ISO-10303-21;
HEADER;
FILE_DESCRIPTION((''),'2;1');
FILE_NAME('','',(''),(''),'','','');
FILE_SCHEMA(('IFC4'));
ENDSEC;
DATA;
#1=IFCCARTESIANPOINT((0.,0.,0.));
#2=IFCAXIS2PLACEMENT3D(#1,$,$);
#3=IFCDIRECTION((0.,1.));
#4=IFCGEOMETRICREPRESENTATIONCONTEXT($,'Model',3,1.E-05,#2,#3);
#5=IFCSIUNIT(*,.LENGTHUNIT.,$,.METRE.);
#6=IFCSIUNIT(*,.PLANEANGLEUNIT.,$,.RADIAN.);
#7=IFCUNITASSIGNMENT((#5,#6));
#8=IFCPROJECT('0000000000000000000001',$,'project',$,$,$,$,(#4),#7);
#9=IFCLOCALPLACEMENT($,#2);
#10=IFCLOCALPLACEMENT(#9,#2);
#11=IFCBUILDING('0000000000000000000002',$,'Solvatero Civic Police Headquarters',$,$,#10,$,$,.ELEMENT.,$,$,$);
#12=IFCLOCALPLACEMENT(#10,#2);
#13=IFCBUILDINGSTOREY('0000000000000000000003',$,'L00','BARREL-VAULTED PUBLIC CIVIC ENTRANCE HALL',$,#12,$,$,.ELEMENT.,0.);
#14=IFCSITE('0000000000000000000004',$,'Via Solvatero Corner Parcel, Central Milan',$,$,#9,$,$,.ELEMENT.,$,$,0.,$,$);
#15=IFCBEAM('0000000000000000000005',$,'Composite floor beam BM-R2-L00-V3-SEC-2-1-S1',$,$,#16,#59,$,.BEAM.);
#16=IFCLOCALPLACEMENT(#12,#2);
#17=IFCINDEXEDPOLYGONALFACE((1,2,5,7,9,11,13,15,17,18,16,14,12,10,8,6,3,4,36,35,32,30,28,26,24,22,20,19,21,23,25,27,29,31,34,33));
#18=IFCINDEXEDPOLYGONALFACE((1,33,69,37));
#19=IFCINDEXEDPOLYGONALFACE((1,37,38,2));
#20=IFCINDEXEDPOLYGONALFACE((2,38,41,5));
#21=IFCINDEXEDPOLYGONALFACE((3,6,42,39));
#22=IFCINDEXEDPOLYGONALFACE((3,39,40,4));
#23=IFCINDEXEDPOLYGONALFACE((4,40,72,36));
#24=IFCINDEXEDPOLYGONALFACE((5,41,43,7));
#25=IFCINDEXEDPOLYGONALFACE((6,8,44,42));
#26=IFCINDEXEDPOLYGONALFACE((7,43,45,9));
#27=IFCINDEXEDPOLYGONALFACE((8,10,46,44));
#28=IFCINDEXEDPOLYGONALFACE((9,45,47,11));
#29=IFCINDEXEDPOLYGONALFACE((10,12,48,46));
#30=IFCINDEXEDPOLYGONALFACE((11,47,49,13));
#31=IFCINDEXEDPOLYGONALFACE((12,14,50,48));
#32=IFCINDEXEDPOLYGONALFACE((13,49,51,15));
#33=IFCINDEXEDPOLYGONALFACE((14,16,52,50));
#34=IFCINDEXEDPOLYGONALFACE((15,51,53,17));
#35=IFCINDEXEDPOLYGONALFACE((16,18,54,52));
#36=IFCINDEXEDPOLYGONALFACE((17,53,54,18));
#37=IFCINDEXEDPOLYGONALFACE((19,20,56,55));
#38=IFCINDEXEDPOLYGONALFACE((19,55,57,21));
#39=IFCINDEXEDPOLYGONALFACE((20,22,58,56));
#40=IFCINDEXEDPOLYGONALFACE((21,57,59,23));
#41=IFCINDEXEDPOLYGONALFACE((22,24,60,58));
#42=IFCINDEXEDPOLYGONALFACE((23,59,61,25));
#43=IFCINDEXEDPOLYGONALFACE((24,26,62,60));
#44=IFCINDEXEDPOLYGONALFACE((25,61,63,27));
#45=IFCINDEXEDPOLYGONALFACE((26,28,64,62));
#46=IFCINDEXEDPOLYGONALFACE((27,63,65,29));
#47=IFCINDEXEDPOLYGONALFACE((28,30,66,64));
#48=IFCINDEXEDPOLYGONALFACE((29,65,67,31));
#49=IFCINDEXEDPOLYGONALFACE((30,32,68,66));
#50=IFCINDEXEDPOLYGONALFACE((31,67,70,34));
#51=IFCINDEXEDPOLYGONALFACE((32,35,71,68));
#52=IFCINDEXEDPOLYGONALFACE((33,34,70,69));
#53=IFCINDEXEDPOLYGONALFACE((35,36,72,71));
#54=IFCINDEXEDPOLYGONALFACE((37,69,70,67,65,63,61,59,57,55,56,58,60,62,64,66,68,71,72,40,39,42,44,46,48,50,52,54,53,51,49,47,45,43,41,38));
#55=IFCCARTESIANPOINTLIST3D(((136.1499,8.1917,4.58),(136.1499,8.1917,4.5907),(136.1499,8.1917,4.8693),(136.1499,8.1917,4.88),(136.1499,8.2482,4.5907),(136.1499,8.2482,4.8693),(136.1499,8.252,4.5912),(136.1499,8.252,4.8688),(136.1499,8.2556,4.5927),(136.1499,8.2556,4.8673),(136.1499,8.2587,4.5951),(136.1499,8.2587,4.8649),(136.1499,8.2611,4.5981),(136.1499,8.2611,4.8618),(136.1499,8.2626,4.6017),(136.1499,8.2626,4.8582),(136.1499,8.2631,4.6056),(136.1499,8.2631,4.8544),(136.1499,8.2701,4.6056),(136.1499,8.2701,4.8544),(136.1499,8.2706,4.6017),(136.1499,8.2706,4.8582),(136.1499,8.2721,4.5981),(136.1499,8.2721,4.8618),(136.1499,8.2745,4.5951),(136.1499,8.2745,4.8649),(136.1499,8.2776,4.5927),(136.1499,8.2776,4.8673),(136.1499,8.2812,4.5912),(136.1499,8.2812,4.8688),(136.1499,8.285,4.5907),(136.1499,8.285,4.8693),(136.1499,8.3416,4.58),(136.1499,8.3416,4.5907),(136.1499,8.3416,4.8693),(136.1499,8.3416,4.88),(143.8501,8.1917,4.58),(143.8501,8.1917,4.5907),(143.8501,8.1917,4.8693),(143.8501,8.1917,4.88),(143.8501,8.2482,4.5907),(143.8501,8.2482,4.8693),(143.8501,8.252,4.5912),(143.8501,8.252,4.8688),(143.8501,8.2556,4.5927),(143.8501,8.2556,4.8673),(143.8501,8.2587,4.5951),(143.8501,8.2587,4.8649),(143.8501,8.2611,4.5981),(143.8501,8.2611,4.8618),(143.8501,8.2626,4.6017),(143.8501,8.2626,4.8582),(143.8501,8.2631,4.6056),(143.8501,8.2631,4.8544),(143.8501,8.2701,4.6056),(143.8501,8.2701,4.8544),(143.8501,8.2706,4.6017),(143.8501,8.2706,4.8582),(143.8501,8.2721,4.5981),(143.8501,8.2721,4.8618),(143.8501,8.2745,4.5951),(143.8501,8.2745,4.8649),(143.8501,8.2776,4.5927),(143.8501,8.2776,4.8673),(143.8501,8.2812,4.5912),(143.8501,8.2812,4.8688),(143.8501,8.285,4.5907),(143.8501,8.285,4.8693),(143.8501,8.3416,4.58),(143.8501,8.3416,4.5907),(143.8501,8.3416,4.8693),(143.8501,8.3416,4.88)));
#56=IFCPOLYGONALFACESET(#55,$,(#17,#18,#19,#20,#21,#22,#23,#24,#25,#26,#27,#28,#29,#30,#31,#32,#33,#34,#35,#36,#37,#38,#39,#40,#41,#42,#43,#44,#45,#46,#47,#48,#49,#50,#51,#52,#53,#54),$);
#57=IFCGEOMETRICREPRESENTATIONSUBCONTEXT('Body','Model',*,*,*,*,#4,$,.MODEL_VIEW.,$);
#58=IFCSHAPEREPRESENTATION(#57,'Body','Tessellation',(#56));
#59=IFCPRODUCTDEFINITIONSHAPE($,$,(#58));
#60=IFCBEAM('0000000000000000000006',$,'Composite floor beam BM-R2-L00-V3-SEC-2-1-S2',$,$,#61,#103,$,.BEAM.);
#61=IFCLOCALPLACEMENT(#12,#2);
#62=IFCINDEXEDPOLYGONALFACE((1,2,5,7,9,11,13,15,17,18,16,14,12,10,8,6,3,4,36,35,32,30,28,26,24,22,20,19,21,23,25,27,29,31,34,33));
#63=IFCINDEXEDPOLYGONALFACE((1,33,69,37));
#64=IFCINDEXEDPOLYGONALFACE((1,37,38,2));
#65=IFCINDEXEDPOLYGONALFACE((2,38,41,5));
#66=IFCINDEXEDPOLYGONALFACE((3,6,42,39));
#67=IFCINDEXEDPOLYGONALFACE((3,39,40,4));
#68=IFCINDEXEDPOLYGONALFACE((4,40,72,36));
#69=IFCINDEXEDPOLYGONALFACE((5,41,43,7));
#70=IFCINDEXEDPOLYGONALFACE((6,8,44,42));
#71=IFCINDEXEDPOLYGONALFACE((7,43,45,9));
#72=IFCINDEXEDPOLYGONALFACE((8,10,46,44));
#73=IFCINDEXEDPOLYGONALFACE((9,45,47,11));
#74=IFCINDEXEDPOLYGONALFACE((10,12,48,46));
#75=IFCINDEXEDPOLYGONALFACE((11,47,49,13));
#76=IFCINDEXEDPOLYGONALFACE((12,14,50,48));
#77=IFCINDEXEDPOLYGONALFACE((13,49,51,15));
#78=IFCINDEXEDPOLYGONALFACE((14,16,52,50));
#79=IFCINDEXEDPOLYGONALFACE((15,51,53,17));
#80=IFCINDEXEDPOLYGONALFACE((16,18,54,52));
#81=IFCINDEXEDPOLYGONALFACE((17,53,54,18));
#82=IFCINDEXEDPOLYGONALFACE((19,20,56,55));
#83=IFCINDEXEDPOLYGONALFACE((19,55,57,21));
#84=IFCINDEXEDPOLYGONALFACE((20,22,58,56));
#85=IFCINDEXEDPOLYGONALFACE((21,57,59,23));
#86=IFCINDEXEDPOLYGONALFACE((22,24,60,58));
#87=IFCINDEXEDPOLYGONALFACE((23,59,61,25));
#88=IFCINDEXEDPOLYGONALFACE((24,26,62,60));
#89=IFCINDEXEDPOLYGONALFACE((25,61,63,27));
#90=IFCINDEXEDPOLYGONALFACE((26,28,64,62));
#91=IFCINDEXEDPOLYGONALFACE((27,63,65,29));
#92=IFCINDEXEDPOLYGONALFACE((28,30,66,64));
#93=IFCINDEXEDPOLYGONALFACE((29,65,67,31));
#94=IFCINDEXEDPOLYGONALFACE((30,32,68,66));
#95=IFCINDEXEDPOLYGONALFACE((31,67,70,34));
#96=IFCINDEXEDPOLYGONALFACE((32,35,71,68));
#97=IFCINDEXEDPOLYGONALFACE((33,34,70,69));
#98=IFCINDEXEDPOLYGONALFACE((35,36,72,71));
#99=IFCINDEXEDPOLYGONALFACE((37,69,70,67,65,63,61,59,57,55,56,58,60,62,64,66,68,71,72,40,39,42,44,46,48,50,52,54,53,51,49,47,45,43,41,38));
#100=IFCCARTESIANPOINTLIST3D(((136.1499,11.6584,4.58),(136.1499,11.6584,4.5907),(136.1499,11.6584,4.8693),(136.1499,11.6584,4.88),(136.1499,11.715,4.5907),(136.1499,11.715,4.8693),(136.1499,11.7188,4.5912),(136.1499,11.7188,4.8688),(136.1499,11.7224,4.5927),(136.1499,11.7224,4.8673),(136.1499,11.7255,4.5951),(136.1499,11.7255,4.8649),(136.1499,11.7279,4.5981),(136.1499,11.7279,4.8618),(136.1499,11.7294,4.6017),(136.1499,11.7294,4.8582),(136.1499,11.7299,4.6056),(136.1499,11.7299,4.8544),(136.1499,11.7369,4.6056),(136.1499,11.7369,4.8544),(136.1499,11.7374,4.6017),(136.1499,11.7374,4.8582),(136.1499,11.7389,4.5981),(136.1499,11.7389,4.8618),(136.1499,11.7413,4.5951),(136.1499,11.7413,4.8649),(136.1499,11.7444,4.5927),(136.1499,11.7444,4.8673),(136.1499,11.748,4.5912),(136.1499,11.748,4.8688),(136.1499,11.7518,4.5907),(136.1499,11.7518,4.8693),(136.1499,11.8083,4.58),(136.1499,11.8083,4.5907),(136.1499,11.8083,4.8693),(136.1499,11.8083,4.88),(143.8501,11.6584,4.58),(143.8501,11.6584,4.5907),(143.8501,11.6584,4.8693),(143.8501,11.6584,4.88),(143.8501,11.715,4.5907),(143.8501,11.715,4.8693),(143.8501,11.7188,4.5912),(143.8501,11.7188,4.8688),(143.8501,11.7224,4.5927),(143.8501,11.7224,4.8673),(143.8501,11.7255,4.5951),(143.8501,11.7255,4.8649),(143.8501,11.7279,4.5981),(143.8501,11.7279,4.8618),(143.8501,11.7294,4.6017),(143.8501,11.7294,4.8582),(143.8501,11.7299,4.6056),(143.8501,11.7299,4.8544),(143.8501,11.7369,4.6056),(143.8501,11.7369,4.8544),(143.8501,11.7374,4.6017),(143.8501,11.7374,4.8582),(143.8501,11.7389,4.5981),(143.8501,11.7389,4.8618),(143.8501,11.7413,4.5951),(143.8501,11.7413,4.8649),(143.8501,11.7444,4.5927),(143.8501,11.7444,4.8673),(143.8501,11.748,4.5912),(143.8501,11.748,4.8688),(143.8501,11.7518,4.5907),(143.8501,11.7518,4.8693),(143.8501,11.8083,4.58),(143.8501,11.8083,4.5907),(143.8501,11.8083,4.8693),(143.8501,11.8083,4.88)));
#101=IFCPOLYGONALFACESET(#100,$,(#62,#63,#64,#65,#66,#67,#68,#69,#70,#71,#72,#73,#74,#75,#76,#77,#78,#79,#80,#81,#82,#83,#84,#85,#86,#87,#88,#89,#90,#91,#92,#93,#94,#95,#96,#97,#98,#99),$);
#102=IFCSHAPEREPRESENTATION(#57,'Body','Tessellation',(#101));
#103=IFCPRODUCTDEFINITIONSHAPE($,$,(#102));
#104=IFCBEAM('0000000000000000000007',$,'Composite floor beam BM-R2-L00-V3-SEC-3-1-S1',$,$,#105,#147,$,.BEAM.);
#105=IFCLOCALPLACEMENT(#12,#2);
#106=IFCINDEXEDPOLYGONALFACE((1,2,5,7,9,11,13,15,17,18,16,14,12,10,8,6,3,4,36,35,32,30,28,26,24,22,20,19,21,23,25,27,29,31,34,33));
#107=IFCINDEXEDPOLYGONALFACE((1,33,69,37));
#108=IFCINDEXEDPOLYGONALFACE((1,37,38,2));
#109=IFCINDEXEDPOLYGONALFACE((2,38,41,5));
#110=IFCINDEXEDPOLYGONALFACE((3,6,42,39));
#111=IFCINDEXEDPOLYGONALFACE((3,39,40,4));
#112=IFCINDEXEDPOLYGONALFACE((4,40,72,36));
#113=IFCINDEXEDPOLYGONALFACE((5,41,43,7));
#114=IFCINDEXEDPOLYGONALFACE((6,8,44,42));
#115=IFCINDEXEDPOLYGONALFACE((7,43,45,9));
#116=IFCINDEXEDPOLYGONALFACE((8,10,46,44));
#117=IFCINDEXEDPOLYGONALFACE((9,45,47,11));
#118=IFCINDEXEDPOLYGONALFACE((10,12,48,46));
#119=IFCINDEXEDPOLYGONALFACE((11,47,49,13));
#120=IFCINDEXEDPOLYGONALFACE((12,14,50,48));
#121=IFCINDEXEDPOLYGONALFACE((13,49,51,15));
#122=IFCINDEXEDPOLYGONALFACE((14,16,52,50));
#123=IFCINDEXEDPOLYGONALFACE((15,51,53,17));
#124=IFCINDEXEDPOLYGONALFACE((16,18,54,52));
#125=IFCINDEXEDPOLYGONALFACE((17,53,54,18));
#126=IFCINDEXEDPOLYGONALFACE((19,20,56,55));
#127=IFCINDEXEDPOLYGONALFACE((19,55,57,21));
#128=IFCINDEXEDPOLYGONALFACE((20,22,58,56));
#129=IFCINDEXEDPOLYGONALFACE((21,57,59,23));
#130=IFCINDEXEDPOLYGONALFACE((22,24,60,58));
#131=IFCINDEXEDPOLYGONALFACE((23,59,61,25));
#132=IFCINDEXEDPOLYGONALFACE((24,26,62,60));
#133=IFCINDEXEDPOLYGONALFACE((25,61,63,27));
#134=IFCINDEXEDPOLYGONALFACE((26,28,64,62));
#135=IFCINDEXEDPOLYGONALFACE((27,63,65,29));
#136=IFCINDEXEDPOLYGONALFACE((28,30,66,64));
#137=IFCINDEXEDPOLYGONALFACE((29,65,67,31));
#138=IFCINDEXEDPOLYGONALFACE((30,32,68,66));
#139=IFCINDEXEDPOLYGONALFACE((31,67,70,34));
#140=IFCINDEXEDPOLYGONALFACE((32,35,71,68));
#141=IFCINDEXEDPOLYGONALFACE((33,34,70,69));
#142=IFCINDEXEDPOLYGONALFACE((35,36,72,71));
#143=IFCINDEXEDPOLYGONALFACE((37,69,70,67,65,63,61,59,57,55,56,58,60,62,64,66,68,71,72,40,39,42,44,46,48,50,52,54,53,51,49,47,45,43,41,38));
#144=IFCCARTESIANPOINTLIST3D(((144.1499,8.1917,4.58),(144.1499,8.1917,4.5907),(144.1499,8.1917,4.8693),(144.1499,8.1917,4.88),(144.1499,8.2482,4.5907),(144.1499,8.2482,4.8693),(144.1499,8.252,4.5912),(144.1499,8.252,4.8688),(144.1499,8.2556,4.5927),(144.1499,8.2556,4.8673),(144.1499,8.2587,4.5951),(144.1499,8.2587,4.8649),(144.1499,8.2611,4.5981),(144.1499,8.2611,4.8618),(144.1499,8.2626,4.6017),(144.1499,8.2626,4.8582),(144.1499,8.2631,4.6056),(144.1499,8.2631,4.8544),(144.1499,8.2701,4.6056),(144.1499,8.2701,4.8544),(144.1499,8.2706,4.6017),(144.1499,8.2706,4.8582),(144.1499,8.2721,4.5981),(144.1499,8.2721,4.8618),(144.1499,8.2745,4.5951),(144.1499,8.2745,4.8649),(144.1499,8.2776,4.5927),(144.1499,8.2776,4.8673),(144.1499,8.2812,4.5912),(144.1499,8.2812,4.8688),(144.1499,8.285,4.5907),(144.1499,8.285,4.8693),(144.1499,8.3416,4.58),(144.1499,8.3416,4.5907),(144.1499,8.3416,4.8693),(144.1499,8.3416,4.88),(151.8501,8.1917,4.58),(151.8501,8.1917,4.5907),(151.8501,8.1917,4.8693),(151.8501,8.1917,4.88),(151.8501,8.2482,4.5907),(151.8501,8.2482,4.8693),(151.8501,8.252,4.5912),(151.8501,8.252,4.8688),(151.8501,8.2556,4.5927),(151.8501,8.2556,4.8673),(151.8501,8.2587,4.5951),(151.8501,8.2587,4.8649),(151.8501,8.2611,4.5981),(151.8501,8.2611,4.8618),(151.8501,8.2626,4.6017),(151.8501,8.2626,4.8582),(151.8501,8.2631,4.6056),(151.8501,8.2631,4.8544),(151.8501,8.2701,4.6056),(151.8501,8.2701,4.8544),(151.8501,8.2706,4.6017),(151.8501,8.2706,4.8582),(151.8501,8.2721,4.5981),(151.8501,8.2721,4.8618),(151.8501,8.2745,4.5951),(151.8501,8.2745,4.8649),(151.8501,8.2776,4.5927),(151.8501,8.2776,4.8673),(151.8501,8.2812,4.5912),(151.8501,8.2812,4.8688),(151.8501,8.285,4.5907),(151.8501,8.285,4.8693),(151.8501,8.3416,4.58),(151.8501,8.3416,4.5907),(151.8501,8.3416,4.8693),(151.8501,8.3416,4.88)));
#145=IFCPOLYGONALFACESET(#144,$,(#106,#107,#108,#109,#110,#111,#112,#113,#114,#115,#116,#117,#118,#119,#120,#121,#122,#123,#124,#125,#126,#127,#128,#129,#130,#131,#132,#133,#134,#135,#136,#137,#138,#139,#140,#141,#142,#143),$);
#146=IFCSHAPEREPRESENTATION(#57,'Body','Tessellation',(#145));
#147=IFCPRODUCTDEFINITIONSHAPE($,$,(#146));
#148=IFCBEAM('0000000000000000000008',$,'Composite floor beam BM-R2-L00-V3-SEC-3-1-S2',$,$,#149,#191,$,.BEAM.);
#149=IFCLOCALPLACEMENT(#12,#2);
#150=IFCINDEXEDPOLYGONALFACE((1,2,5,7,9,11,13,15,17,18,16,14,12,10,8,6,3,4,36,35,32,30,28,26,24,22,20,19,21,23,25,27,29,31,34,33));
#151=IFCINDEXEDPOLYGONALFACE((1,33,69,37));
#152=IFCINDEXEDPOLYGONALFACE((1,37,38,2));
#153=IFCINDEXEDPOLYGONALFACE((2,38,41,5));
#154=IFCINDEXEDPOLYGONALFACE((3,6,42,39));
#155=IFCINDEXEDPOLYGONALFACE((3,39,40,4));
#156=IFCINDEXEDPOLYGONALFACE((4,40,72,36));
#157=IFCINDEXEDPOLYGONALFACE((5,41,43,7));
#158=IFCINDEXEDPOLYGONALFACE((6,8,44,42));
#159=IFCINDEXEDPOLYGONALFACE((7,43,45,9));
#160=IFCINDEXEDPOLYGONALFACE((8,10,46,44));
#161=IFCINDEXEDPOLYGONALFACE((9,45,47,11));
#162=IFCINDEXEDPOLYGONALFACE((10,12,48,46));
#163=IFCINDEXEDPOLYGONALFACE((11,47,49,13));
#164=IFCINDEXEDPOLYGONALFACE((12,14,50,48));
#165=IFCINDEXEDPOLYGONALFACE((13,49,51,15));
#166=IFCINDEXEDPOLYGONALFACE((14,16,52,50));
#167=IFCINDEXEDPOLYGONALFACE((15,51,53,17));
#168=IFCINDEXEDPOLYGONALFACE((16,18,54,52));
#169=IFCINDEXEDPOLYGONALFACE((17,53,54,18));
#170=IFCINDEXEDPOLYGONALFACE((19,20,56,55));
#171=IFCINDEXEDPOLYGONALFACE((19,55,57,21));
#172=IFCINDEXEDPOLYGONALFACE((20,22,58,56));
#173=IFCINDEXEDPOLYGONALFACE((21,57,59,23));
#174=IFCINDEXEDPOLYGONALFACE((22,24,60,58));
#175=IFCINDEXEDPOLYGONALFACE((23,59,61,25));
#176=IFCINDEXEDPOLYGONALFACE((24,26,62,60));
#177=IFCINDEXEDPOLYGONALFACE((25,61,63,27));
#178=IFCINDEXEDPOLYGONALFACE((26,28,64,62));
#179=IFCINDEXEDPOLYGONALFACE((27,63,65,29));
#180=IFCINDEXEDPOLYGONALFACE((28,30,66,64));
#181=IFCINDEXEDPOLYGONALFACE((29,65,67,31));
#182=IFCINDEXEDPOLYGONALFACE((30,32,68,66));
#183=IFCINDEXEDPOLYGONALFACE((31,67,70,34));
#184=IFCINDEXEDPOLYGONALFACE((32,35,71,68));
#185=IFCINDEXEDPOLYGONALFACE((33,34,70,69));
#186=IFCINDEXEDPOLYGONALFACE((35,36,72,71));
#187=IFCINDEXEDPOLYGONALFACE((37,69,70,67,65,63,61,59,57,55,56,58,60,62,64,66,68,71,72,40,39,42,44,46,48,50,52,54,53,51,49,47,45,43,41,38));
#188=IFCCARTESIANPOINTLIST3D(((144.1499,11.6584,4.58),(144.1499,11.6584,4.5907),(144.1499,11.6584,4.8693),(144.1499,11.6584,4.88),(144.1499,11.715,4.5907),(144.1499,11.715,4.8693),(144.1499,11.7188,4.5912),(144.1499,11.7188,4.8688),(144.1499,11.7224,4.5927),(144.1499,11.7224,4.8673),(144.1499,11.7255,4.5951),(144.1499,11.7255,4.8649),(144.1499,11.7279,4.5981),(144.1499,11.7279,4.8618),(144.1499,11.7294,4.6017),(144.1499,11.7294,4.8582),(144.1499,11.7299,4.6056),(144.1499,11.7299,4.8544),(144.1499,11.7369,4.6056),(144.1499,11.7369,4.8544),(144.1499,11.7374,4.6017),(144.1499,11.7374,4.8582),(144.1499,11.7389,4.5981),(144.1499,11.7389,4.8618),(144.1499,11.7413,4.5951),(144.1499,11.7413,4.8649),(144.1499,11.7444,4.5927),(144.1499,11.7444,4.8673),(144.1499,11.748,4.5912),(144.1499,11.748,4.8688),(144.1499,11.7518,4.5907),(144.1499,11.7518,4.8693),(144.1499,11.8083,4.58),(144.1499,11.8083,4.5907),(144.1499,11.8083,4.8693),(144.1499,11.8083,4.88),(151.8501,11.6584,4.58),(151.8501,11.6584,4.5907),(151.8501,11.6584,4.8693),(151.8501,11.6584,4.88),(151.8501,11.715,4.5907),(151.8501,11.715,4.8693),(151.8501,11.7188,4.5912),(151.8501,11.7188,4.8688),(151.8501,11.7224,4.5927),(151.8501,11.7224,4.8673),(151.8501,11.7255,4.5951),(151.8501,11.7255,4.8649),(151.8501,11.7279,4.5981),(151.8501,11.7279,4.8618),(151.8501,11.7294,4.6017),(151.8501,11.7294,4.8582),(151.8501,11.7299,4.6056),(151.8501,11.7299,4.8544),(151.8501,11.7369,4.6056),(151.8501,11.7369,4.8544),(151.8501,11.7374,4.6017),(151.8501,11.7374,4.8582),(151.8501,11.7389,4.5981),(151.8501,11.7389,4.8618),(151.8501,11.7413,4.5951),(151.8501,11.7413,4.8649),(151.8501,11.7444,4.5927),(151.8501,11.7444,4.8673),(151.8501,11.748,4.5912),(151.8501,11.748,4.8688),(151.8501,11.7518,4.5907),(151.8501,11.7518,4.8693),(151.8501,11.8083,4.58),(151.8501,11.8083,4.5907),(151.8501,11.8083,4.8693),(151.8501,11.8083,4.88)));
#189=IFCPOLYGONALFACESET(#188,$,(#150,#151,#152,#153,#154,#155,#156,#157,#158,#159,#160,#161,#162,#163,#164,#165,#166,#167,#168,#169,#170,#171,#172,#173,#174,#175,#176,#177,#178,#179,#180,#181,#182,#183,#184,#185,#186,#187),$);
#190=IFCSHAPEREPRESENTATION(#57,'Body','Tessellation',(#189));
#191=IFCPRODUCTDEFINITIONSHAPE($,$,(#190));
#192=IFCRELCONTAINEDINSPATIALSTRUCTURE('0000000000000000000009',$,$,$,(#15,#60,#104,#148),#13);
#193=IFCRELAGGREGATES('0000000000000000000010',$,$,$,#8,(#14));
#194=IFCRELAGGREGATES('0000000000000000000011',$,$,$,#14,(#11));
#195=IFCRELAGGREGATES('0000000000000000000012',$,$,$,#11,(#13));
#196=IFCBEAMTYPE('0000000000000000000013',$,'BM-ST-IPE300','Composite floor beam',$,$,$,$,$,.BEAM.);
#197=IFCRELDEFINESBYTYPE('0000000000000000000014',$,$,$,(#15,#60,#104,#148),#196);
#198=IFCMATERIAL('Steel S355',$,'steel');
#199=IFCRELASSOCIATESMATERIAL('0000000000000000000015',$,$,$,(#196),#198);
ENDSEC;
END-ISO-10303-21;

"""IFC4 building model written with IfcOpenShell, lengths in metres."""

from ifc_helpers import new_model, si_unit, direction, frame, origin, origin_2d, place, context, subcontext, project, spatial, i_section, extrude, material, material_profile, profile_set, type_object, element, save


model = new_model("IFC4")

# Units and contexts
model_context = context("Model", 3, precision=1e-05, world=origin(), true_north=direction((0.0, 1.0)))
body_context = subcontext(model_context, "Body", "Model", "MODEL_VIEW")
ifc_project = project(units=[si_unit("LENGTHUNIT", "METRE"), si_unit("PLANEANGLEUNIT", "RADIAN")], contexts=[model_context])

# Site, building, storey
site_placement = place(None, origin())
site = spatial("IfcSite", under=ifc_project, at=site_placement, Name="Via Solvatero Corner Parcel, Central Milan", CompositionType="ELEMENT", RefElevation=0.0)
building_placement = place(site_placement, origin())
building = spatial("IfcBuilding", under=site, at=building_placement, Name="Solvatero Civic Police Headquarters", CompositionType="ELEMENT")
storey_placement = place(building_placement, origin())
storey = spatial("IfcBuildingStorey", under=building, at=storey_placement, Name="L00", Description="BARREL-VAULTED PUBLIC CIVIC ENTRANCE HALL", CompositionType="ELEMENT", Elevation=0.0)

# Beams
ifc_material_1 = material(Name="Steel S355", Category="steel")
ifc_material_profile_1 = material_profile(ifc_material_1, i_section(OverallWidth=0.1499, OverallDepth=0.3, WebThickness=0.0071, FlangeThickness=0.0107, FilletRadius=0.0149, at=origin_2d()), Name="IPE 300")
ifc_profile_set_1 = profile_set([ifc_material_profile_1], Name="Steel S355")
beam_type_1 = type_object("IfcBeamType", Name="BM-ST-IPE300", Description="Composite floor beam", PredefinedType="BEAM", material=ifc_profile_set_1)
for number, where, z_axis, x_axis, name in (
    (1, (136.1499, 8.2666, 4.73), (1.0, 0.0, 0.0), (0.0, 1.0, 0.0), "Composite floor beam BM-R2-L00-V3-SEC-2-1-S1"),
    (2, (136.1499, 11.7334, 4.73), (1.0, 0.0, 0.0), (0.0, 1.0, 0.0), "Composite floor beam BM-R2-L00-V3-SEC-2-1-S2"),
    (3, (144.1499, 8.2666, 4.73), (1.0, 0.0, 0.0), (0.0, 1.0, 0.0), "Composite floor beam BM-R2-L00-V3-SEC-3-1-S1"),
    (4, (144.1499, 11.7334, 4.73), (1.0, 0.0, 0.0), (0.0, 1.0, 0.0), "Composite floor beam BM-R2-L00-V3-SEC-3-1-S2"),
):
    element("IfcBeam", number, at=place(storey_placement, frame(where, z_axis=z_axis, x_axis=x_axis)), inside=storey, type_object=beam_type_1, Name=name, PredefinedType="BEAM", context=body_context, shape_type="SweptSolid", body=[
        extrude(i_section(OverallWidth=0.1499, OverallDepth=0.3, WebThickness=0.0071, FlangeThickness=0.0107, FilletRadius=0.0149, at=origin_2d()), origin(), (0.0, 0.0, 1.0), 7.7002),
    ])

save(model, "model.ifc")
